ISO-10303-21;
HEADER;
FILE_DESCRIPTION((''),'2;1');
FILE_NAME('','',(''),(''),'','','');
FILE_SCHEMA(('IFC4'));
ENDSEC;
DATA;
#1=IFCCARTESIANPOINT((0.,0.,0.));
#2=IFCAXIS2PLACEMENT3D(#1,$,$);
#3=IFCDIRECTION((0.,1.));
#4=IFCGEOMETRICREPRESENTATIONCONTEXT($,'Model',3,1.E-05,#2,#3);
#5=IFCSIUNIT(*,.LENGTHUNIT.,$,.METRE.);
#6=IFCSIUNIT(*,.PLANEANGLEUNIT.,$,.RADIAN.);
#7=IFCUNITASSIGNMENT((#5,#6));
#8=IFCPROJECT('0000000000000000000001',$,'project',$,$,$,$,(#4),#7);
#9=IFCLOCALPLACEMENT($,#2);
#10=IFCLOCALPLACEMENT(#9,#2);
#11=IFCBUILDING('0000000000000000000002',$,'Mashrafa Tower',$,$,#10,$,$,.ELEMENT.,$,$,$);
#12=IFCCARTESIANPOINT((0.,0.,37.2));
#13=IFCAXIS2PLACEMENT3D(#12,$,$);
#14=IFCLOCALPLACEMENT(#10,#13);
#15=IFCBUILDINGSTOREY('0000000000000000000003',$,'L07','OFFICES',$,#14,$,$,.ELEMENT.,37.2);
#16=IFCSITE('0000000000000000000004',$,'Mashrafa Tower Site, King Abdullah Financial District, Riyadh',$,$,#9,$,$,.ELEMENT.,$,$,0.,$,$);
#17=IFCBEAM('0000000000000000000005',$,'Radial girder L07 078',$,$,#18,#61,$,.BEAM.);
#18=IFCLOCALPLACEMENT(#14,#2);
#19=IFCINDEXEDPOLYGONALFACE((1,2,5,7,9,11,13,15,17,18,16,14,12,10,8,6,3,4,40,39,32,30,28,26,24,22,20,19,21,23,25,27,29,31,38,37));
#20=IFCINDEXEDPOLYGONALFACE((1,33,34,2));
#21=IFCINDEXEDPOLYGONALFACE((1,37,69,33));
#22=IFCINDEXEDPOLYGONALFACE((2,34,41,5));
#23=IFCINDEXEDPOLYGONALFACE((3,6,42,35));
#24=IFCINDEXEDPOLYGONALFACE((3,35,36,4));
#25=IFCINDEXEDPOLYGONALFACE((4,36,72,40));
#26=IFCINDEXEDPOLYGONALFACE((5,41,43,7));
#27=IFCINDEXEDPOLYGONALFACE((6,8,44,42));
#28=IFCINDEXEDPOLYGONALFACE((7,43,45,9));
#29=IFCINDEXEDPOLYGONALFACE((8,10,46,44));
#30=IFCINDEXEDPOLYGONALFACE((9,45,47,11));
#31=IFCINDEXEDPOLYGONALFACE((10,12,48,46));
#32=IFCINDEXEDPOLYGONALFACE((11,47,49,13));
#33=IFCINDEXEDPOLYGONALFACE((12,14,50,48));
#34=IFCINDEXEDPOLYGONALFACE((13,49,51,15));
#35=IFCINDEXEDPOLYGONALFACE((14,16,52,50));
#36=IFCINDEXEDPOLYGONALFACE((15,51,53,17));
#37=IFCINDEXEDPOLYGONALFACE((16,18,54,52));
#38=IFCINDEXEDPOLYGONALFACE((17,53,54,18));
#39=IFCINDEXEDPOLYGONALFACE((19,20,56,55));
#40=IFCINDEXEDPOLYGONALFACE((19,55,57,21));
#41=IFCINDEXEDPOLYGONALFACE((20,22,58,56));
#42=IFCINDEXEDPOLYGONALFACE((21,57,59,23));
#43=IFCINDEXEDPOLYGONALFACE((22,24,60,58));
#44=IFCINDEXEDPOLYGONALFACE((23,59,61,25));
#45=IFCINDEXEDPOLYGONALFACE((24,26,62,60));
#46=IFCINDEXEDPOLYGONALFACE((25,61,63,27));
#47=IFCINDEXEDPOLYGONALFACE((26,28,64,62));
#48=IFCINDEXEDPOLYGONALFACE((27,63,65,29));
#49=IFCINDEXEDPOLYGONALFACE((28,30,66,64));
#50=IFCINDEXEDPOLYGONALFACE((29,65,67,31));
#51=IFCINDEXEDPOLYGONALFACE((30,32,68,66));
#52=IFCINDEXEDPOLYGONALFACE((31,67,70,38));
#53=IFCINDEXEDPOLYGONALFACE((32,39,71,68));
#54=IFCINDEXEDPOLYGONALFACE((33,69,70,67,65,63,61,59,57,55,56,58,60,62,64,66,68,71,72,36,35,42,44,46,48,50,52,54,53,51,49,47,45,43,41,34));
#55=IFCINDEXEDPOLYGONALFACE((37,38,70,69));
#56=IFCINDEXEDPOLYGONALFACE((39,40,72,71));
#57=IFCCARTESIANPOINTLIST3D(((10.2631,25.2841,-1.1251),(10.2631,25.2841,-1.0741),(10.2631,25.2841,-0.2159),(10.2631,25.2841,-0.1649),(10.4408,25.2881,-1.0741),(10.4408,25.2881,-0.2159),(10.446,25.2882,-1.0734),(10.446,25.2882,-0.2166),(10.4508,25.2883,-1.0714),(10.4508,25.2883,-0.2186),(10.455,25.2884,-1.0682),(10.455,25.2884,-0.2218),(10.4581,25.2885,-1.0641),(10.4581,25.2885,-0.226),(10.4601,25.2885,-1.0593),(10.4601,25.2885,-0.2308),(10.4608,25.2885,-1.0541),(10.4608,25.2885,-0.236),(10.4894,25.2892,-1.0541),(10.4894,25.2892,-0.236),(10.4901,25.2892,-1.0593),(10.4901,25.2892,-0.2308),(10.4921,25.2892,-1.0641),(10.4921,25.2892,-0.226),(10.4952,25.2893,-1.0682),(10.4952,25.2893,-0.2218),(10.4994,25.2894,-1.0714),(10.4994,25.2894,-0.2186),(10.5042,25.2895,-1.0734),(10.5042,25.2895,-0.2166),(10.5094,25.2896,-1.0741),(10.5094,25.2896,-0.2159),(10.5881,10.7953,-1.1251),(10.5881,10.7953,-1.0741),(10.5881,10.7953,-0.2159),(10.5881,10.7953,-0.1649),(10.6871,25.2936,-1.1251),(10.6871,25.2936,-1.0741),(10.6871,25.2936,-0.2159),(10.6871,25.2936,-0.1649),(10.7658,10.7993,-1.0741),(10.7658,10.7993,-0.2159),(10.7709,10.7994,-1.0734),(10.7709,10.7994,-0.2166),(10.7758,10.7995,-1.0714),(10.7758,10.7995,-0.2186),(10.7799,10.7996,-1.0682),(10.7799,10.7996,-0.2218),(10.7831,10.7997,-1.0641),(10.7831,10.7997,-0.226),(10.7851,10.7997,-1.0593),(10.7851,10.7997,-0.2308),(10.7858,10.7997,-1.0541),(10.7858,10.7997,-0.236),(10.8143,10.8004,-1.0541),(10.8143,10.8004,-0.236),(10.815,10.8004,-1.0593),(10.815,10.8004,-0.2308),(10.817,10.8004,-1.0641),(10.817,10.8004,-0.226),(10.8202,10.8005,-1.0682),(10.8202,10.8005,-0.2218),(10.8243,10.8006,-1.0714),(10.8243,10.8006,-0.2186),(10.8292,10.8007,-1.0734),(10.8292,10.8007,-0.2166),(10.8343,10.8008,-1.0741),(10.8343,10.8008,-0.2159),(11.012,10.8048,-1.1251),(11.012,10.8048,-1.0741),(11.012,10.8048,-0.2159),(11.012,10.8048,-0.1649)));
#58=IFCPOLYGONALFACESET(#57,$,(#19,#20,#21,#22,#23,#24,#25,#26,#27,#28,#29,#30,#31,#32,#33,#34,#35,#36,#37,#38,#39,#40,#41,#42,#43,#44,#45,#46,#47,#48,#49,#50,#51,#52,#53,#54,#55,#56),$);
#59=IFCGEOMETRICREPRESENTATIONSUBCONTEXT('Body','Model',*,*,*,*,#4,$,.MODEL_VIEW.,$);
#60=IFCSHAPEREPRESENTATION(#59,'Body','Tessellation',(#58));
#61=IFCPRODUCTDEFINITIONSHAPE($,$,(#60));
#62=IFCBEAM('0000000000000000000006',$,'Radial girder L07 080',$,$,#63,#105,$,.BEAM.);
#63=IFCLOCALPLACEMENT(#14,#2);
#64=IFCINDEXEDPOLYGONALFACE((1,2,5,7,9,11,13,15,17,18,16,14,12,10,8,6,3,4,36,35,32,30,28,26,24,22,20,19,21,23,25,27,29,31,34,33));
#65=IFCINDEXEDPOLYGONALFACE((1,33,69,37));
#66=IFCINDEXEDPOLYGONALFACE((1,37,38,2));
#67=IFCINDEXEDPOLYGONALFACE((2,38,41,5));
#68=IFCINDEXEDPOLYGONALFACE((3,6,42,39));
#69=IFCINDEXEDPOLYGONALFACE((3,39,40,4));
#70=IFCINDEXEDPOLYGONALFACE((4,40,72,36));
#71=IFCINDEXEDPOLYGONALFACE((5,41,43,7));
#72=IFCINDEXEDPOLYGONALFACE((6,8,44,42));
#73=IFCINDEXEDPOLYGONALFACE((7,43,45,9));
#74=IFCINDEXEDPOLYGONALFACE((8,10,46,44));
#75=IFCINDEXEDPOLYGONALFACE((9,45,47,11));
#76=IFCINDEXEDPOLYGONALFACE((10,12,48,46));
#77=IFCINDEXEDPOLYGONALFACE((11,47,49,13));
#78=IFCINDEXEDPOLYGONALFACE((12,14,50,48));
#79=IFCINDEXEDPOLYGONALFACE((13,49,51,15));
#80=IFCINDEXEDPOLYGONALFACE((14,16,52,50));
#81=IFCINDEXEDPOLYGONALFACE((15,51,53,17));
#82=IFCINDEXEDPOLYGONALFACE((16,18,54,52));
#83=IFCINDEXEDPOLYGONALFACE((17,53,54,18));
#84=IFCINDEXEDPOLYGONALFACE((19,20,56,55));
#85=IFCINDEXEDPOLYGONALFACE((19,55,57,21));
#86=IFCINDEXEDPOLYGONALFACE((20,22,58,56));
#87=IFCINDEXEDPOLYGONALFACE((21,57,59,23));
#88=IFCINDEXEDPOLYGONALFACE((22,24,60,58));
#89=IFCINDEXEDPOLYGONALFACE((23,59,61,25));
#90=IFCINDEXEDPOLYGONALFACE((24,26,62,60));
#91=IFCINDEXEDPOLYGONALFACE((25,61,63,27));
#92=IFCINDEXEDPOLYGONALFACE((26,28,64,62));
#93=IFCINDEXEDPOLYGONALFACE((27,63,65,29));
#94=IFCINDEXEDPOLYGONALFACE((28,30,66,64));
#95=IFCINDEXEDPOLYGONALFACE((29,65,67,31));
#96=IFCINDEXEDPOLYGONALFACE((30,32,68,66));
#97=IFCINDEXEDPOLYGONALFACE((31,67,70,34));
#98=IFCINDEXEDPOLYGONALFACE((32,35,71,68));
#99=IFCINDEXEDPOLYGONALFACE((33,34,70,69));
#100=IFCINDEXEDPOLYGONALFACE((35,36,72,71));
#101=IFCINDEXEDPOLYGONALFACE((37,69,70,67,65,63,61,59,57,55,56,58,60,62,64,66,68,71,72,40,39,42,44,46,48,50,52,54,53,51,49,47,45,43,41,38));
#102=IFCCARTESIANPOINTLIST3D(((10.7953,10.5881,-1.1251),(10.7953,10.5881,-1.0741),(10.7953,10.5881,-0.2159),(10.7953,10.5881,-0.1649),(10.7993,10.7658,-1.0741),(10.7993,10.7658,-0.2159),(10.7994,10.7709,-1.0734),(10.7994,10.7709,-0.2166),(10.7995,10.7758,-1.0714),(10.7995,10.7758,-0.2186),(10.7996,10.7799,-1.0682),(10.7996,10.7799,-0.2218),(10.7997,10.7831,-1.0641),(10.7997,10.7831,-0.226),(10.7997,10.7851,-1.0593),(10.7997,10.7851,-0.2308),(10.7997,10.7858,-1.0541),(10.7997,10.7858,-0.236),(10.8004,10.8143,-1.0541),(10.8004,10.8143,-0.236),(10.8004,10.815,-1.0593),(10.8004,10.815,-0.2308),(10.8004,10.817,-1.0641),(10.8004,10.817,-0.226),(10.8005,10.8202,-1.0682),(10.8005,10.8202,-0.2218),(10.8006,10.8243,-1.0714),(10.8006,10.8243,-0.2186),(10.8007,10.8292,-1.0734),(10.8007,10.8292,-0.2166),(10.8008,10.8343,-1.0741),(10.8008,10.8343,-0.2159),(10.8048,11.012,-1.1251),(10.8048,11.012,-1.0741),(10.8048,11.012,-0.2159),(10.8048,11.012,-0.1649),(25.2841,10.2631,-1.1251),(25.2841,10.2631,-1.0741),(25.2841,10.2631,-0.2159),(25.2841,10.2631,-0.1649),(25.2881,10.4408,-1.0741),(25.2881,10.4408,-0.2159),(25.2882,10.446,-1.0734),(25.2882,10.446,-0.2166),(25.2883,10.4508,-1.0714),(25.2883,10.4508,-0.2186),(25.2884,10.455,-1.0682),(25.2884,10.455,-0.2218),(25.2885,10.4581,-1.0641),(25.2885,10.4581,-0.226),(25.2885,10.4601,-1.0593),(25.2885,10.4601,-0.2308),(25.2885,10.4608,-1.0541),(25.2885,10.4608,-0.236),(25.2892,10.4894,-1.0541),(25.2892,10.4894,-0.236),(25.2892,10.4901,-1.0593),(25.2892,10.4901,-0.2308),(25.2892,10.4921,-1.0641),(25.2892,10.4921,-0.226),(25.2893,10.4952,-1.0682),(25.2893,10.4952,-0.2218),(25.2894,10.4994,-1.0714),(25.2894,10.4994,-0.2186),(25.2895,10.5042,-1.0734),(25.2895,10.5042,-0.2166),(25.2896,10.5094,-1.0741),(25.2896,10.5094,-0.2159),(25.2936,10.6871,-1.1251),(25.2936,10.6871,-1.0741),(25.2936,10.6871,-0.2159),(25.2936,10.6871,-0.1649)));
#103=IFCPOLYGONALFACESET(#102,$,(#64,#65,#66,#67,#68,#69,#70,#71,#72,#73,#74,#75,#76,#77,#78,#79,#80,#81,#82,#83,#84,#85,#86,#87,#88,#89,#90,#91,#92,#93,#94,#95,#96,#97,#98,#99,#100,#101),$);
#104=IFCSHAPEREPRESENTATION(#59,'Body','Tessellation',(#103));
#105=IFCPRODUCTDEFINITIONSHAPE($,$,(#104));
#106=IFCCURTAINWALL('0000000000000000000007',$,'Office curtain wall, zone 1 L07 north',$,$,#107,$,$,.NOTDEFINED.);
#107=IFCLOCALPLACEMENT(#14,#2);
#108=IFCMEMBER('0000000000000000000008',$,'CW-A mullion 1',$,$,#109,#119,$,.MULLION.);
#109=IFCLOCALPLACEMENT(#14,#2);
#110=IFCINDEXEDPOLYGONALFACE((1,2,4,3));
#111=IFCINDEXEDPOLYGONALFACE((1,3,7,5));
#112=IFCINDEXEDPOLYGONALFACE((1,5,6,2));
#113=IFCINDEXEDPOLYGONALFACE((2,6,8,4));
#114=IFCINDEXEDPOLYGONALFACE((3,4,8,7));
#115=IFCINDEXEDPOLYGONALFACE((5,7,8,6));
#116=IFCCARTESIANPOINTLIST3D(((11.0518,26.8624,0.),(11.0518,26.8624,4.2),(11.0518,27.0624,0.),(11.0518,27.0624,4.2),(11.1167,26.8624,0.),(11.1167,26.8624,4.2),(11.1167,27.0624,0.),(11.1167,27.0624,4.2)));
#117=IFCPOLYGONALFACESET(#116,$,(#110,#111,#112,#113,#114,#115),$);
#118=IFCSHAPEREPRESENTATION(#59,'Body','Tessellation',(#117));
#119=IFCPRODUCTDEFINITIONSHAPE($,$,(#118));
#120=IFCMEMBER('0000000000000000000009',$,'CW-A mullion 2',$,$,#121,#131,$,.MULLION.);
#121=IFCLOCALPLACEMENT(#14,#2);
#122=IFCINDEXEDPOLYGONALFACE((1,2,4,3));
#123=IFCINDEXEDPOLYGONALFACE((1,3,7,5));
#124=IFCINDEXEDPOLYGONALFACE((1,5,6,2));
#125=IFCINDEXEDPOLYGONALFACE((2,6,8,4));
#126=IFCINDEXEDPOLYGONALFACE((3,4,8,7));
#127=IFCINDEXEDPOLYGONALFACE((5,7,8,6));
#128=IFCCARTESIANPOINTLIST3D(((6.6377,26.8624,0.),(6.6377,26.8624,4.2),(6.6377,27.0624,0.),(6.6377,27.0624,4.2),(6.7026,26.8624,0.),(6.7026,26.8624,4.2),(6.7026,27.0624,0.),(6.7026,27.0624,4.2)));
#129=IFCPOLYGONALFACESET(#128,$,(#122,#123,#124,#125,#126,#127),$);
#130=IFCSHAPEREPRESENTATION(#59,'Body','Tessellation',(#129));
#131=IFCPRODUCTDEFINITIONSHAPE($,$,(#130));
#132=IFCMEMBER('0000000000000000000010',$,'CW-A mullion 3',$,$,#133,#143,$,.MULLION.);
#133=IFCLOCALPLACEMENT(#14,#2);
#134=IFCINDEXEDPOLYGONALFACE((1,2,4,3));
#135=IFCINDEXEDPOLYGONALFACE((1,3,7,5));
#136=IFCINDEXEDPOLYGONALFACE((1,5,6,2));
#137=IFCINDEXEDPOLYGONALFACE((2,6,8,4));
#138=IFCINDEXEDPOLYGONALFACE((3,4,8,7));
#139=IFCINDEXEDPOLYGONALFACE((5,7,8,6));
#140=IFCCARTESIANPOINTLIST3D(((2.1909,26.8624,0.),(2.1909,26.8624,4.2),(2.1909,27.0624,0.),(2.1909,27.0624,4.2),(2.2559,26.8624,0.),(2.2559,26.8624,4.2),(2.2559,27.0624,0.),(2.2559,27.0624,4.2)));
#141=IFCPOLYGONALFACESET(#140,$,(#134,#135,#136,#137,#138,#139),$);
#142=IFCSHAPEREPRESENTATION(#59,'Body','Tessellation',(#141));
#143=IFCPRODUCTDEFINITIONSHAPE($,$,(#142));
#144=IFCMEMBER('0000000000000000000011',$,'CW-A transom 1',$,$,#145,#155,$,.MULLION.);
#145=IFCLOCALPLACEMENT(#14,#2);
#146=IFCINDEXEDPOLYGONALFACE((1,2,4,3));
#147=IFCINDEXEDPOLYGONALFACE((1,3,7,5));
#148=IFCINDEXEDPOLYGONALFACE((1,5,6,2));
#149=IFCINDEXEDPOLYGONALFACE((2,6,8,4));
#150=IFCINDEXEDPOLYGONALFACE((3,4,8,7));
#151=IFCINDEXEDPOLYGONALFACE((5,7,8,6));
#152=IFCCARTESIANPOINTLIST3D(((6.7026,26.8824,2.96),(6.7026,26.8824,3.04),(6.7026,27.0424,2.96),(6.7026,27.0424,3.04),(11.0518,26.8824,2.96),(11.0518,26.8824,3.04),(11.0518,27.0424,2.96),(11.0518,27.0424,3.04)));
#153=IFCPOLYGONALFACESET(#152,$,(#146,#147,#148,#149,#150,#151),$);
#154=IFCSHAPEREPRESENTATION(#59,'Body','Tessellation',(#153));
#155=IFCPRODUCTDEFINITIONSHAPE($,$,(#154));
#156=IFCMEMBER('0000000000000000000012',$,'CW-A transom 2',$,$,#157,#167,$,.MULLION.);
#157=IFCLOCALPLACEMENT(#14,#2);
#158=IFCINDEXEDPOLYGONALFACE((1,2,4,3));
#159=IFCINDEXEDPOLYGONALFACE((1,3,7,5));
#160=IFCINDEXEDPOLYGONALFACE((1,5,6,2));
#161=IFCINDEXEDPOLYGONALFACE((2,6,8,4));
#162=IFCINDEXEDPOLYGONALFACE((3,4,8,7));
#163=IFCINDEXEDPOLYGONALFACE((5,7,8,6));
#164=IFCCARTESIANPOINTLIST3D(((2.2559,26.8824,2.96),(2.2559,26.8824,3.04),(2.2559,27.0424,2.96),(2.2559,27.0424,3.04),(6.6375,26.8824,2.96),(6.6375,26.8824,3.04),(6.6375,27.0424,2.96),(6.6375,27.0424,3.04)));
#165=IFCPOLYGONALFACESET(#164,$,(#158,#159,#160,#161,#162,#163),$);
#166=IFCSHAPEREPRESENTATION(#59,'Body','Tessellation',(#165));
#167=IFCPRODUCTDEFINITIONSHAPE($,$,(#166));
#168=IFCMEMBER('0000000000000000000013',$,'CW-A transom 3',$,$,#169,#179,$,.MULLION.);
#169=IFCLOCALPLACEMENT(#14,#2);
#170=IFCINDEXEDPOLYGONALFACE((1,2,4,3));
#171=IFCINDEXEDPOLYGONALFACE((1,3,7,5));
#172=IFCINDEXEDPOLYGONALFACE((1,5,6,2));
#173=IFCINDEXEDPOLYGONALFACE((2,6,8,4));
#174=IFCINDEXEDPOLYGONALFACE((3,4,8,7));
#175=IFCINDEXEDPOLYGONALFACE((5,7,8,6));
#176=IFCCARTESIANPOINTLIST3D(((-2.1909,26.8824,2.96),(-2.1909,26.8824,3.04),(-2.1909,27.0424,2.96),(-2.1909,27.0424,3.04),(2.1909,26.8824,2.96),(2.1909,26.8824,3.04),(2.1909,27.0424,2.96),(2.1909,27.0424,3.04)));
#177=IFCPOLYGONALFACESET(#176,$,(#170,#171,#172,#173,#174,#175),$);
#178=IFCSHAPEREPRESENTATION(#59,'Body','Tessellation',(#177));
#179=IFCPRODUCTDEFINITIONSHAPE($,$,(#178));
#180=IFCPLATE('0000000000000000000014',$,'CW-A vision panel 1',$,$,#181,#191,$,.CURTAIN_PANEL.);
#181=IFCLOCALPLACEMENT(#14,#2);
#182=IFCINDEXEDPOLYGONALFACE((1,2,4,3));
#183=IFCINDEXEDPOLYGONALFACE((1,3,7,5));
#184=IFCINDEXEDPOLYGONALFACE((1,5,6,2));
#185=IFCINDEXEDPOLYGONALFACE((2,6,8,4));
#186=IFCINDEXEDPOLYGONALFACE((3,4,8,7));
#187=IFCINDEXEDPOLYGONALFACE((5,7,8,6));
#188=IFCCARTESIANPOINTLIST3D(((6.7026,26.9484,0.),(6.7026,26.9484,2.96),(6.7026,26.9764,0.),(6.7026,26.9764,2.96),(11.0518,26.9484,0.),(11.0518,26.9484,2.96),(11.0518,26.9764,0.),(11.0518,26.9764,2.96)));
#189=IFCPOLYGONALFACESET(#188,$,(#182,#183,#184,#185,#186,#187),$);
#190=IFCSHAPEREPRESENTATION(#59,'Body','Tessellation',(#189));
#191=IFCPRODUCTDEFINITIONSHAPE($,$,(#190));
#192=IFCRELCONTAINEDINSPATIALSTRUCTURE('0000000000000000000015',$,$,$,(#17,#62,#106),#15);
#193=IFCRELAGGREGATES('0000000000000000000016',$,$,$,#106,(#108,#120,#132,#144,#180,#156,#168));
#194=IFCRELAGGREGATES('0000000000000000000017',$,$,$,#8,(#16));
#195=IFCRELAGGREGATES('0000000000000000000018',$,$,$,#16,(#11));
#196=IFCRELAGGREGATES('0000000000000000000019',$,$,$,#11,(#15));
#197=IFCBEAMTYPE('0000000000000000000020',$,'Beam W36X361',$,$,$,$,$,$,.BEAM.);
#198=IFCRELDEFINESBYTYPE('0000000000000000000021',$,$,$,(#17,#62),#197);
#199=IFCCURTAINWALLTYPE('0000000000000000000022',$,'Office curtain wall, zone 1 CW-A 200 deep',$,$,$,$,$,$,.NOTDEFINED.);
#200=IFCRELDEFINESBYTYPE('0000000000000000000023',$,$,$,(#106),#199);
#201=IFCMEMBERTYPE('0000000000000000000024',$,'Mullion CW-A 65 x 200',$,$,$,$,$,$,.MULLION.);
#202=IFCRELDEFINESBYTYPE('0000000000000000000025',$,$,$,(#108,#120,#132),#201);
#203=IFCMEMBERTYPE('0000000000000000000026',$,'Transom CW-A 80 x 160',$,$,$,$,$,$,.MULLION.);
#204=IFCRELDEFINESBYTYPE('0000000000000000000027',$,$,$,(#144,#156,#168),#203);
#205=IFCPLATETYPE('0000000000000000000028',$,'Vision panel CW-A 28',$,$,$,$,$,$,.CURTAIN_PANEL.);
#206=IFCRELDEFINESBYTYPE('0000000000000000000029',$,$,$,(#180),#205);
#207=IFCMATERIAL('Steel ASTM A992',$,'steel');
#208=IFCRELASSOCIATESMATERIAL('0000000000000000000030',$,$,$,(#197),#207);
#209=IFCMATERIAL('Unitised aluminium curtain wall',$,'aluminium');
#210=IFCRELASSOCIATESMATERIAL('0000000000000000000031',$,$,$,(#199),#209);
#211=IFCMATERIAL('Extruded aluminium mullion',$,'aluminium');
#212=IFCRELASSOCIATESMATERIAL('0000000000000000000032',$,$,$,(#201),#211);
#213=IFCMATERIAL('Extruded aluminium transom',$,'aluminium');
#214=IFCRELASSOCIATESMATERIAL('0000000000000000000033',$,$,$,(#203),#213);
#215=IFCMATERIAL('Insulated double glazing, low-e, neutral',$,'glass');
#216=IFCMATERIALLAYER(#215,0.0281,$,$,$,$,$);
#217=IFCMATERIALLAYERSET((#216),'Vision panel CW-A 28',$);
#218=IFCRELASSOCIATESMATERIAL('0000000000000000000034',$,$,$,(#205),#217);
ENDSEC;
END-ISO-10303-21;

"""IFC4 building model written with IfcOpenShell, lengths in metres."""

from ifc_helpers import new_model, si_unit, direction, frame, origin, origin_2d, place, context, subcontext, project, spatial, rectangle, i_section, extrude, source, transform, mapped, material, layer, layer_set, material_profile, profile_set, type_object, type_shapes, element, aggregate, save


model = new_model("IFC4")

# Units and contexts
model_context = context("Model", 3, precision=1e-05, world=origin(), true_north=direction((0.0, 1.0)))
body_context = subcontext(model_context, "Body", "Model", "MODEL_VIEW")
ifc_project = project(units=[si_unit("LENGTHUNIT", "METRE"), si_unit("PLANEANGLEUNIT", "RADIAN")], contexts=[model_context])

# Site, building, storey
site_placement = place(None, origin())
site = spatial("IfcSite", under=ifc_project, at=site_placement, Name="Mashrafa Tower Site, King Abdullah Financial District, Riyadh", CompositionType="ELEMENT", RefElevation=0.0)
building_placement = place(site_placement, origin())
building = spatial("IfcBuilding", under=site, at=building_placement, Name="Mashrafa Tower", CompositionType="ELEMENT")
storey_placement = place(building_placement, frame((0.0, 0.0, 37.2)))
storey = spatial("IfcBuildingStorey", under=building, at=storey_placement, Name="L07", Description="OFFICES", CompositionType="ELEMENT", Elevation=37.2)

# Beams
ifc_material_1 = material(Name="Steel ASTM A992", Category="steel")
ifc_material_profile_1 = material_profile(ifc_material_1, i_section(OverallWidth=0.4241, OverallDepth=0.9602, WebThickness=0.0286, FlangeThickness=0.051, FilletRadius=0.02, at=origin_2d()), Name="W36X361")
ifc_profile_set_1 = profile_set([ifc_material_profile_1], Name="Steel ASTM A992")
beam_type_1 = type_object("IfcBeamType", Name="Beam W36X361", PredefinedType="BEAM", material=ifc_profile_set_1)
for number, where, z_axis, x_axis, name in (
    (1, (10.8, 10.8, -0.645), (-0.022422, 0.999749, 0.0), (-0.999749, -0.022422, 0.0), "Radial girder L07 078"),
    (2, (10.8, 10.8, -0.645), (0.999749, -0.022422, 0.0), (0.022422, 0.999749, 0.0), "Radial girder L07 080"),
):
    element("IfcBeam", number, at=place(storey_placement, frame(where, z_axis=z_axis, x_axis=x_axis)), inside=storey, type_object=beam_type_1, Name=name, PredefinedType="BEAM", context=body_context, shape_type="SweptSolid", body=[
        extrude(i_section(OverallWidth=0.4241, OverallDepth=0.9602, WebThickness=0.0286, FlangeThickness=0.051, FilletRadius=0.02, at=origin_2d()), origin(), (0.0, 0.0, 1.0), 14.4924),
    ])

# Curtain wall, members, plate
ifc_material_2 = material(Name="Unitised aluminium curtain wall", Category="aluminium")
curtain_wall_type = type_object("IfcCurtainWallType", Name="Office curtain wall, zone 1 CW-A 200 deep", PredefinedType="NOTDEFINED", material=ifc_material_2)
curtain_wall_placement = place(storey_placement, origin())
curtain_wall = element("IfcCurtainWall", 3, at=curtain_wall_placement, inside=storey, type_object=curtain_wall_type, Name="Office curtain wall, zone 1 L07 north", PredefinedType="NOTDEFINED")
ifc_material_3 = material(Name="Extruded aluminium mullion", Category="aluminium")
ifc_material_profile_2 = material_profile(ifc_material_3, rectangle(XDim=0.2, YDim=0.0649, at=origin_2d()), Name="Mullion 65x200")
ifc_profile_set_2 = profile_set([ifc_material_profile_2], Name="Extruded aluminium mullion")
member_type_1 = type_object("IfcMemberType", Name="Mullion CW-A 65 x 200", PredefinedType="MULLION", material=ifc_profile_set_2)
shared_shape_1 = source(origin(), body_context, "Body", "SweptSolid", [
    extrude(rectangle(XDim=0.2, YDim=0.0649, at=origin_2d()), origin(), (0.0, 0.0, 1.0), 4.2),
])
type_shapes(member_type_1, [shared_shape_1])
member_1_placement = place(storey_placement, frame((11.0842, 26.9624, 0.0), z_axis=(0.0, 0.0, 1.0), x_axis=(0.0, -1.0, 0.0)))
member_1 = element("IfcMember", 4, at=member_1_placement, type_object=member_type_1, Name="CW-A mullion 1", PredefinedType="MULLION", context=body_context, shape_type="MappedRepresentation", body=[
    mapped(shared_shape_1, transform((0.0, 0.0, 0.0))),
])
member_2_placement = place(storey_placement, frame((6.6702, 26.9624, 0.0), z_axis=(0.0, 0.0, 1.0), x_axis=(0.0, -1.0, 0.0)))
member_2 = element("IfcMember", 5, at=member_2_placement, type_object=member_type_1, Name="CW-A mullion 2", PredefinedType="MULLION", context=body_context, shape_type="MappedRepresentation", body=[
    mapped(shared_shape_1, transform((0.0, 0.0, 0.0))),
])
member_3_placement = place(storey_placement, frame((2.2234, 26.9624, 0.0), z_axis=(0.0, 0.0, 1.0), x_axis=(0.0, -1.0, 0.0)))
member_3 = element("IfcMember", 6, at=member_3_placement, type_object=member_type_1, Name="CW-A mullion 3", PredefinedType="MULLION", context=body_context, shape_type="MappedRepresentation", body=[
    mapped(shared_shape_1, transform((0.0, 0.0, 0.0))),
])
ifc_material_4 = material(Name="Extruded aluminium transom", Category="aluminium")
ifc_material_profile_3 = material_profile(ifc_material_4, rectangle(XDim=0.1599, YDim=0.0801, at=origin_2d()), Name="Transom 80x160")
ifc_profile_set_3 = profile_set([ifc_material_profile_3], Name="Extruded aluminium transom")
member_type_2 = type_object("IfcMemberType", Name="Transom CW-A 80 x 160", PredefinedType="MULLION", material=ifc_profile_set_3)
shared_shape_2 = source(origin(), body_context, "Body", "SweptSolid", [
    extrude(rectangle(XDim=0.1599, YDim=0.0801, at=origin_2d()), origin(), (0.0, 0.0, 1.0), 4.3491),
])
member_4_placement = place(storey_placement, frame((11.0518, 26.9624, 3.0), z_axis=(-1.0, 0.0, 0.0), x_axis=(0.0, -1.0, 0.0)))
member_4 = element("IfcMember", 7, at=member_4_placement, type_object=member_type_2, Name="CW-A transom 1", PredefinedType="MULLION", context=body_context, shape_type="MappedRepresentation", body=[
    mapped(shared_shape_2, transform((0.0, 0.0, 0.0))),
])
shared_shape_3 = source(origin(), body_context, "Body", "SweptSolid", [
    extrude(rectangle(XDim=0.1599, YDim=0.0801, at=origin_2d()), origin(), (0.0, 0.0, 1.0), 4.3816),
])
member_5_placement = place(storey_placement, frame((6.6375, 26.9624, 3.0), z_axis=(-1.0, 0.0, 0.0), x_axis=(0.0, -1.0, 0.0)))
member_5 = element("IfcMember", 8, at=member_5_placement, type_object=member_type_2, Name="CW-A transom 2", PredefinedType="MULLION", context=body_context, shape_type="MappedRepresentation", body=[
    mapped(shared_shape_3, transform((0.0, 0.0, 0.0))),
])
shared_shape_4 = source(origin(), body_context, "Body", "SweptSolid", [
    extrude(rectangle(XDim=0.1599, YDim=0.0801, at=origin_2d()), origin(), (0.0, 0.0, 1.0), 4.3818),
])
type_shapes(member_type_2, [shared_shape_2, shared_shape_3, shared_shape_4])
member_6_placement = place(storey_placement, frame((2.1909, 26.9624, 3.0), z_axis=(-1.0, 0.0, 0.0), x_axis=(0.0, -1.0, 0.0)))
member_6 = element("IfcMember", 9, at=member_6_placement, type_object=member_type_2, Name="CW-A transom 3", PredefinedType="MULLION", context=body_context, shape_type="MappedRepresentation", body=[
    mapped(shared_shape_4, transform((0.0, 0.0, 0.0))),
])
ifc_material_5 = material(Name="Insulated double glazing, low-e, neutral", Category="glass")
ifc_layer_1 = layer(ifc_material_5, 0.0281)
ifc_layer_set_1 = layer_set([ifc_layer_1], Name="Vision panel CW-A 28")
plate_type_1 = type_object("IfcPlateType", Name="Vision panel CW-A 28", PredefinedType="CURTAIN_PANEL", material=ifc_layer_set_1)
shared_shape_5 = source(origin(), body_context, "Body", "SweptSolid", [
    extrude(rectangle(XDim=4.3491, YDim=0.0281, at=origin_2d()), origin(), (0.0, 0.0, 1.0), 2.96),
])
plate_1_placement = place(storey_placement, frame((8.8772, 26.9624, 0.0), z_axis=(0.0, 0.0, 1.0), x_axis=(-1.0, 0.0, 0.0)))
plate_1 = element("IfcPlate", 10, at=plate_1_placement, type_object=plate_type_1, Name="CW-A vision panel 1", PredefinedType="CURTAIN_PANEL", context=body_context, shape_type="MappedRepresentation", body=[
    mapped(shared_shape_5, transform((0.0, 0.0, 0.0))),
])
aggregate(curtain_wall, [member_1, member_2, member_3, member_4, plate_1, member_5, member_6])

save(model, "model.ifc")
